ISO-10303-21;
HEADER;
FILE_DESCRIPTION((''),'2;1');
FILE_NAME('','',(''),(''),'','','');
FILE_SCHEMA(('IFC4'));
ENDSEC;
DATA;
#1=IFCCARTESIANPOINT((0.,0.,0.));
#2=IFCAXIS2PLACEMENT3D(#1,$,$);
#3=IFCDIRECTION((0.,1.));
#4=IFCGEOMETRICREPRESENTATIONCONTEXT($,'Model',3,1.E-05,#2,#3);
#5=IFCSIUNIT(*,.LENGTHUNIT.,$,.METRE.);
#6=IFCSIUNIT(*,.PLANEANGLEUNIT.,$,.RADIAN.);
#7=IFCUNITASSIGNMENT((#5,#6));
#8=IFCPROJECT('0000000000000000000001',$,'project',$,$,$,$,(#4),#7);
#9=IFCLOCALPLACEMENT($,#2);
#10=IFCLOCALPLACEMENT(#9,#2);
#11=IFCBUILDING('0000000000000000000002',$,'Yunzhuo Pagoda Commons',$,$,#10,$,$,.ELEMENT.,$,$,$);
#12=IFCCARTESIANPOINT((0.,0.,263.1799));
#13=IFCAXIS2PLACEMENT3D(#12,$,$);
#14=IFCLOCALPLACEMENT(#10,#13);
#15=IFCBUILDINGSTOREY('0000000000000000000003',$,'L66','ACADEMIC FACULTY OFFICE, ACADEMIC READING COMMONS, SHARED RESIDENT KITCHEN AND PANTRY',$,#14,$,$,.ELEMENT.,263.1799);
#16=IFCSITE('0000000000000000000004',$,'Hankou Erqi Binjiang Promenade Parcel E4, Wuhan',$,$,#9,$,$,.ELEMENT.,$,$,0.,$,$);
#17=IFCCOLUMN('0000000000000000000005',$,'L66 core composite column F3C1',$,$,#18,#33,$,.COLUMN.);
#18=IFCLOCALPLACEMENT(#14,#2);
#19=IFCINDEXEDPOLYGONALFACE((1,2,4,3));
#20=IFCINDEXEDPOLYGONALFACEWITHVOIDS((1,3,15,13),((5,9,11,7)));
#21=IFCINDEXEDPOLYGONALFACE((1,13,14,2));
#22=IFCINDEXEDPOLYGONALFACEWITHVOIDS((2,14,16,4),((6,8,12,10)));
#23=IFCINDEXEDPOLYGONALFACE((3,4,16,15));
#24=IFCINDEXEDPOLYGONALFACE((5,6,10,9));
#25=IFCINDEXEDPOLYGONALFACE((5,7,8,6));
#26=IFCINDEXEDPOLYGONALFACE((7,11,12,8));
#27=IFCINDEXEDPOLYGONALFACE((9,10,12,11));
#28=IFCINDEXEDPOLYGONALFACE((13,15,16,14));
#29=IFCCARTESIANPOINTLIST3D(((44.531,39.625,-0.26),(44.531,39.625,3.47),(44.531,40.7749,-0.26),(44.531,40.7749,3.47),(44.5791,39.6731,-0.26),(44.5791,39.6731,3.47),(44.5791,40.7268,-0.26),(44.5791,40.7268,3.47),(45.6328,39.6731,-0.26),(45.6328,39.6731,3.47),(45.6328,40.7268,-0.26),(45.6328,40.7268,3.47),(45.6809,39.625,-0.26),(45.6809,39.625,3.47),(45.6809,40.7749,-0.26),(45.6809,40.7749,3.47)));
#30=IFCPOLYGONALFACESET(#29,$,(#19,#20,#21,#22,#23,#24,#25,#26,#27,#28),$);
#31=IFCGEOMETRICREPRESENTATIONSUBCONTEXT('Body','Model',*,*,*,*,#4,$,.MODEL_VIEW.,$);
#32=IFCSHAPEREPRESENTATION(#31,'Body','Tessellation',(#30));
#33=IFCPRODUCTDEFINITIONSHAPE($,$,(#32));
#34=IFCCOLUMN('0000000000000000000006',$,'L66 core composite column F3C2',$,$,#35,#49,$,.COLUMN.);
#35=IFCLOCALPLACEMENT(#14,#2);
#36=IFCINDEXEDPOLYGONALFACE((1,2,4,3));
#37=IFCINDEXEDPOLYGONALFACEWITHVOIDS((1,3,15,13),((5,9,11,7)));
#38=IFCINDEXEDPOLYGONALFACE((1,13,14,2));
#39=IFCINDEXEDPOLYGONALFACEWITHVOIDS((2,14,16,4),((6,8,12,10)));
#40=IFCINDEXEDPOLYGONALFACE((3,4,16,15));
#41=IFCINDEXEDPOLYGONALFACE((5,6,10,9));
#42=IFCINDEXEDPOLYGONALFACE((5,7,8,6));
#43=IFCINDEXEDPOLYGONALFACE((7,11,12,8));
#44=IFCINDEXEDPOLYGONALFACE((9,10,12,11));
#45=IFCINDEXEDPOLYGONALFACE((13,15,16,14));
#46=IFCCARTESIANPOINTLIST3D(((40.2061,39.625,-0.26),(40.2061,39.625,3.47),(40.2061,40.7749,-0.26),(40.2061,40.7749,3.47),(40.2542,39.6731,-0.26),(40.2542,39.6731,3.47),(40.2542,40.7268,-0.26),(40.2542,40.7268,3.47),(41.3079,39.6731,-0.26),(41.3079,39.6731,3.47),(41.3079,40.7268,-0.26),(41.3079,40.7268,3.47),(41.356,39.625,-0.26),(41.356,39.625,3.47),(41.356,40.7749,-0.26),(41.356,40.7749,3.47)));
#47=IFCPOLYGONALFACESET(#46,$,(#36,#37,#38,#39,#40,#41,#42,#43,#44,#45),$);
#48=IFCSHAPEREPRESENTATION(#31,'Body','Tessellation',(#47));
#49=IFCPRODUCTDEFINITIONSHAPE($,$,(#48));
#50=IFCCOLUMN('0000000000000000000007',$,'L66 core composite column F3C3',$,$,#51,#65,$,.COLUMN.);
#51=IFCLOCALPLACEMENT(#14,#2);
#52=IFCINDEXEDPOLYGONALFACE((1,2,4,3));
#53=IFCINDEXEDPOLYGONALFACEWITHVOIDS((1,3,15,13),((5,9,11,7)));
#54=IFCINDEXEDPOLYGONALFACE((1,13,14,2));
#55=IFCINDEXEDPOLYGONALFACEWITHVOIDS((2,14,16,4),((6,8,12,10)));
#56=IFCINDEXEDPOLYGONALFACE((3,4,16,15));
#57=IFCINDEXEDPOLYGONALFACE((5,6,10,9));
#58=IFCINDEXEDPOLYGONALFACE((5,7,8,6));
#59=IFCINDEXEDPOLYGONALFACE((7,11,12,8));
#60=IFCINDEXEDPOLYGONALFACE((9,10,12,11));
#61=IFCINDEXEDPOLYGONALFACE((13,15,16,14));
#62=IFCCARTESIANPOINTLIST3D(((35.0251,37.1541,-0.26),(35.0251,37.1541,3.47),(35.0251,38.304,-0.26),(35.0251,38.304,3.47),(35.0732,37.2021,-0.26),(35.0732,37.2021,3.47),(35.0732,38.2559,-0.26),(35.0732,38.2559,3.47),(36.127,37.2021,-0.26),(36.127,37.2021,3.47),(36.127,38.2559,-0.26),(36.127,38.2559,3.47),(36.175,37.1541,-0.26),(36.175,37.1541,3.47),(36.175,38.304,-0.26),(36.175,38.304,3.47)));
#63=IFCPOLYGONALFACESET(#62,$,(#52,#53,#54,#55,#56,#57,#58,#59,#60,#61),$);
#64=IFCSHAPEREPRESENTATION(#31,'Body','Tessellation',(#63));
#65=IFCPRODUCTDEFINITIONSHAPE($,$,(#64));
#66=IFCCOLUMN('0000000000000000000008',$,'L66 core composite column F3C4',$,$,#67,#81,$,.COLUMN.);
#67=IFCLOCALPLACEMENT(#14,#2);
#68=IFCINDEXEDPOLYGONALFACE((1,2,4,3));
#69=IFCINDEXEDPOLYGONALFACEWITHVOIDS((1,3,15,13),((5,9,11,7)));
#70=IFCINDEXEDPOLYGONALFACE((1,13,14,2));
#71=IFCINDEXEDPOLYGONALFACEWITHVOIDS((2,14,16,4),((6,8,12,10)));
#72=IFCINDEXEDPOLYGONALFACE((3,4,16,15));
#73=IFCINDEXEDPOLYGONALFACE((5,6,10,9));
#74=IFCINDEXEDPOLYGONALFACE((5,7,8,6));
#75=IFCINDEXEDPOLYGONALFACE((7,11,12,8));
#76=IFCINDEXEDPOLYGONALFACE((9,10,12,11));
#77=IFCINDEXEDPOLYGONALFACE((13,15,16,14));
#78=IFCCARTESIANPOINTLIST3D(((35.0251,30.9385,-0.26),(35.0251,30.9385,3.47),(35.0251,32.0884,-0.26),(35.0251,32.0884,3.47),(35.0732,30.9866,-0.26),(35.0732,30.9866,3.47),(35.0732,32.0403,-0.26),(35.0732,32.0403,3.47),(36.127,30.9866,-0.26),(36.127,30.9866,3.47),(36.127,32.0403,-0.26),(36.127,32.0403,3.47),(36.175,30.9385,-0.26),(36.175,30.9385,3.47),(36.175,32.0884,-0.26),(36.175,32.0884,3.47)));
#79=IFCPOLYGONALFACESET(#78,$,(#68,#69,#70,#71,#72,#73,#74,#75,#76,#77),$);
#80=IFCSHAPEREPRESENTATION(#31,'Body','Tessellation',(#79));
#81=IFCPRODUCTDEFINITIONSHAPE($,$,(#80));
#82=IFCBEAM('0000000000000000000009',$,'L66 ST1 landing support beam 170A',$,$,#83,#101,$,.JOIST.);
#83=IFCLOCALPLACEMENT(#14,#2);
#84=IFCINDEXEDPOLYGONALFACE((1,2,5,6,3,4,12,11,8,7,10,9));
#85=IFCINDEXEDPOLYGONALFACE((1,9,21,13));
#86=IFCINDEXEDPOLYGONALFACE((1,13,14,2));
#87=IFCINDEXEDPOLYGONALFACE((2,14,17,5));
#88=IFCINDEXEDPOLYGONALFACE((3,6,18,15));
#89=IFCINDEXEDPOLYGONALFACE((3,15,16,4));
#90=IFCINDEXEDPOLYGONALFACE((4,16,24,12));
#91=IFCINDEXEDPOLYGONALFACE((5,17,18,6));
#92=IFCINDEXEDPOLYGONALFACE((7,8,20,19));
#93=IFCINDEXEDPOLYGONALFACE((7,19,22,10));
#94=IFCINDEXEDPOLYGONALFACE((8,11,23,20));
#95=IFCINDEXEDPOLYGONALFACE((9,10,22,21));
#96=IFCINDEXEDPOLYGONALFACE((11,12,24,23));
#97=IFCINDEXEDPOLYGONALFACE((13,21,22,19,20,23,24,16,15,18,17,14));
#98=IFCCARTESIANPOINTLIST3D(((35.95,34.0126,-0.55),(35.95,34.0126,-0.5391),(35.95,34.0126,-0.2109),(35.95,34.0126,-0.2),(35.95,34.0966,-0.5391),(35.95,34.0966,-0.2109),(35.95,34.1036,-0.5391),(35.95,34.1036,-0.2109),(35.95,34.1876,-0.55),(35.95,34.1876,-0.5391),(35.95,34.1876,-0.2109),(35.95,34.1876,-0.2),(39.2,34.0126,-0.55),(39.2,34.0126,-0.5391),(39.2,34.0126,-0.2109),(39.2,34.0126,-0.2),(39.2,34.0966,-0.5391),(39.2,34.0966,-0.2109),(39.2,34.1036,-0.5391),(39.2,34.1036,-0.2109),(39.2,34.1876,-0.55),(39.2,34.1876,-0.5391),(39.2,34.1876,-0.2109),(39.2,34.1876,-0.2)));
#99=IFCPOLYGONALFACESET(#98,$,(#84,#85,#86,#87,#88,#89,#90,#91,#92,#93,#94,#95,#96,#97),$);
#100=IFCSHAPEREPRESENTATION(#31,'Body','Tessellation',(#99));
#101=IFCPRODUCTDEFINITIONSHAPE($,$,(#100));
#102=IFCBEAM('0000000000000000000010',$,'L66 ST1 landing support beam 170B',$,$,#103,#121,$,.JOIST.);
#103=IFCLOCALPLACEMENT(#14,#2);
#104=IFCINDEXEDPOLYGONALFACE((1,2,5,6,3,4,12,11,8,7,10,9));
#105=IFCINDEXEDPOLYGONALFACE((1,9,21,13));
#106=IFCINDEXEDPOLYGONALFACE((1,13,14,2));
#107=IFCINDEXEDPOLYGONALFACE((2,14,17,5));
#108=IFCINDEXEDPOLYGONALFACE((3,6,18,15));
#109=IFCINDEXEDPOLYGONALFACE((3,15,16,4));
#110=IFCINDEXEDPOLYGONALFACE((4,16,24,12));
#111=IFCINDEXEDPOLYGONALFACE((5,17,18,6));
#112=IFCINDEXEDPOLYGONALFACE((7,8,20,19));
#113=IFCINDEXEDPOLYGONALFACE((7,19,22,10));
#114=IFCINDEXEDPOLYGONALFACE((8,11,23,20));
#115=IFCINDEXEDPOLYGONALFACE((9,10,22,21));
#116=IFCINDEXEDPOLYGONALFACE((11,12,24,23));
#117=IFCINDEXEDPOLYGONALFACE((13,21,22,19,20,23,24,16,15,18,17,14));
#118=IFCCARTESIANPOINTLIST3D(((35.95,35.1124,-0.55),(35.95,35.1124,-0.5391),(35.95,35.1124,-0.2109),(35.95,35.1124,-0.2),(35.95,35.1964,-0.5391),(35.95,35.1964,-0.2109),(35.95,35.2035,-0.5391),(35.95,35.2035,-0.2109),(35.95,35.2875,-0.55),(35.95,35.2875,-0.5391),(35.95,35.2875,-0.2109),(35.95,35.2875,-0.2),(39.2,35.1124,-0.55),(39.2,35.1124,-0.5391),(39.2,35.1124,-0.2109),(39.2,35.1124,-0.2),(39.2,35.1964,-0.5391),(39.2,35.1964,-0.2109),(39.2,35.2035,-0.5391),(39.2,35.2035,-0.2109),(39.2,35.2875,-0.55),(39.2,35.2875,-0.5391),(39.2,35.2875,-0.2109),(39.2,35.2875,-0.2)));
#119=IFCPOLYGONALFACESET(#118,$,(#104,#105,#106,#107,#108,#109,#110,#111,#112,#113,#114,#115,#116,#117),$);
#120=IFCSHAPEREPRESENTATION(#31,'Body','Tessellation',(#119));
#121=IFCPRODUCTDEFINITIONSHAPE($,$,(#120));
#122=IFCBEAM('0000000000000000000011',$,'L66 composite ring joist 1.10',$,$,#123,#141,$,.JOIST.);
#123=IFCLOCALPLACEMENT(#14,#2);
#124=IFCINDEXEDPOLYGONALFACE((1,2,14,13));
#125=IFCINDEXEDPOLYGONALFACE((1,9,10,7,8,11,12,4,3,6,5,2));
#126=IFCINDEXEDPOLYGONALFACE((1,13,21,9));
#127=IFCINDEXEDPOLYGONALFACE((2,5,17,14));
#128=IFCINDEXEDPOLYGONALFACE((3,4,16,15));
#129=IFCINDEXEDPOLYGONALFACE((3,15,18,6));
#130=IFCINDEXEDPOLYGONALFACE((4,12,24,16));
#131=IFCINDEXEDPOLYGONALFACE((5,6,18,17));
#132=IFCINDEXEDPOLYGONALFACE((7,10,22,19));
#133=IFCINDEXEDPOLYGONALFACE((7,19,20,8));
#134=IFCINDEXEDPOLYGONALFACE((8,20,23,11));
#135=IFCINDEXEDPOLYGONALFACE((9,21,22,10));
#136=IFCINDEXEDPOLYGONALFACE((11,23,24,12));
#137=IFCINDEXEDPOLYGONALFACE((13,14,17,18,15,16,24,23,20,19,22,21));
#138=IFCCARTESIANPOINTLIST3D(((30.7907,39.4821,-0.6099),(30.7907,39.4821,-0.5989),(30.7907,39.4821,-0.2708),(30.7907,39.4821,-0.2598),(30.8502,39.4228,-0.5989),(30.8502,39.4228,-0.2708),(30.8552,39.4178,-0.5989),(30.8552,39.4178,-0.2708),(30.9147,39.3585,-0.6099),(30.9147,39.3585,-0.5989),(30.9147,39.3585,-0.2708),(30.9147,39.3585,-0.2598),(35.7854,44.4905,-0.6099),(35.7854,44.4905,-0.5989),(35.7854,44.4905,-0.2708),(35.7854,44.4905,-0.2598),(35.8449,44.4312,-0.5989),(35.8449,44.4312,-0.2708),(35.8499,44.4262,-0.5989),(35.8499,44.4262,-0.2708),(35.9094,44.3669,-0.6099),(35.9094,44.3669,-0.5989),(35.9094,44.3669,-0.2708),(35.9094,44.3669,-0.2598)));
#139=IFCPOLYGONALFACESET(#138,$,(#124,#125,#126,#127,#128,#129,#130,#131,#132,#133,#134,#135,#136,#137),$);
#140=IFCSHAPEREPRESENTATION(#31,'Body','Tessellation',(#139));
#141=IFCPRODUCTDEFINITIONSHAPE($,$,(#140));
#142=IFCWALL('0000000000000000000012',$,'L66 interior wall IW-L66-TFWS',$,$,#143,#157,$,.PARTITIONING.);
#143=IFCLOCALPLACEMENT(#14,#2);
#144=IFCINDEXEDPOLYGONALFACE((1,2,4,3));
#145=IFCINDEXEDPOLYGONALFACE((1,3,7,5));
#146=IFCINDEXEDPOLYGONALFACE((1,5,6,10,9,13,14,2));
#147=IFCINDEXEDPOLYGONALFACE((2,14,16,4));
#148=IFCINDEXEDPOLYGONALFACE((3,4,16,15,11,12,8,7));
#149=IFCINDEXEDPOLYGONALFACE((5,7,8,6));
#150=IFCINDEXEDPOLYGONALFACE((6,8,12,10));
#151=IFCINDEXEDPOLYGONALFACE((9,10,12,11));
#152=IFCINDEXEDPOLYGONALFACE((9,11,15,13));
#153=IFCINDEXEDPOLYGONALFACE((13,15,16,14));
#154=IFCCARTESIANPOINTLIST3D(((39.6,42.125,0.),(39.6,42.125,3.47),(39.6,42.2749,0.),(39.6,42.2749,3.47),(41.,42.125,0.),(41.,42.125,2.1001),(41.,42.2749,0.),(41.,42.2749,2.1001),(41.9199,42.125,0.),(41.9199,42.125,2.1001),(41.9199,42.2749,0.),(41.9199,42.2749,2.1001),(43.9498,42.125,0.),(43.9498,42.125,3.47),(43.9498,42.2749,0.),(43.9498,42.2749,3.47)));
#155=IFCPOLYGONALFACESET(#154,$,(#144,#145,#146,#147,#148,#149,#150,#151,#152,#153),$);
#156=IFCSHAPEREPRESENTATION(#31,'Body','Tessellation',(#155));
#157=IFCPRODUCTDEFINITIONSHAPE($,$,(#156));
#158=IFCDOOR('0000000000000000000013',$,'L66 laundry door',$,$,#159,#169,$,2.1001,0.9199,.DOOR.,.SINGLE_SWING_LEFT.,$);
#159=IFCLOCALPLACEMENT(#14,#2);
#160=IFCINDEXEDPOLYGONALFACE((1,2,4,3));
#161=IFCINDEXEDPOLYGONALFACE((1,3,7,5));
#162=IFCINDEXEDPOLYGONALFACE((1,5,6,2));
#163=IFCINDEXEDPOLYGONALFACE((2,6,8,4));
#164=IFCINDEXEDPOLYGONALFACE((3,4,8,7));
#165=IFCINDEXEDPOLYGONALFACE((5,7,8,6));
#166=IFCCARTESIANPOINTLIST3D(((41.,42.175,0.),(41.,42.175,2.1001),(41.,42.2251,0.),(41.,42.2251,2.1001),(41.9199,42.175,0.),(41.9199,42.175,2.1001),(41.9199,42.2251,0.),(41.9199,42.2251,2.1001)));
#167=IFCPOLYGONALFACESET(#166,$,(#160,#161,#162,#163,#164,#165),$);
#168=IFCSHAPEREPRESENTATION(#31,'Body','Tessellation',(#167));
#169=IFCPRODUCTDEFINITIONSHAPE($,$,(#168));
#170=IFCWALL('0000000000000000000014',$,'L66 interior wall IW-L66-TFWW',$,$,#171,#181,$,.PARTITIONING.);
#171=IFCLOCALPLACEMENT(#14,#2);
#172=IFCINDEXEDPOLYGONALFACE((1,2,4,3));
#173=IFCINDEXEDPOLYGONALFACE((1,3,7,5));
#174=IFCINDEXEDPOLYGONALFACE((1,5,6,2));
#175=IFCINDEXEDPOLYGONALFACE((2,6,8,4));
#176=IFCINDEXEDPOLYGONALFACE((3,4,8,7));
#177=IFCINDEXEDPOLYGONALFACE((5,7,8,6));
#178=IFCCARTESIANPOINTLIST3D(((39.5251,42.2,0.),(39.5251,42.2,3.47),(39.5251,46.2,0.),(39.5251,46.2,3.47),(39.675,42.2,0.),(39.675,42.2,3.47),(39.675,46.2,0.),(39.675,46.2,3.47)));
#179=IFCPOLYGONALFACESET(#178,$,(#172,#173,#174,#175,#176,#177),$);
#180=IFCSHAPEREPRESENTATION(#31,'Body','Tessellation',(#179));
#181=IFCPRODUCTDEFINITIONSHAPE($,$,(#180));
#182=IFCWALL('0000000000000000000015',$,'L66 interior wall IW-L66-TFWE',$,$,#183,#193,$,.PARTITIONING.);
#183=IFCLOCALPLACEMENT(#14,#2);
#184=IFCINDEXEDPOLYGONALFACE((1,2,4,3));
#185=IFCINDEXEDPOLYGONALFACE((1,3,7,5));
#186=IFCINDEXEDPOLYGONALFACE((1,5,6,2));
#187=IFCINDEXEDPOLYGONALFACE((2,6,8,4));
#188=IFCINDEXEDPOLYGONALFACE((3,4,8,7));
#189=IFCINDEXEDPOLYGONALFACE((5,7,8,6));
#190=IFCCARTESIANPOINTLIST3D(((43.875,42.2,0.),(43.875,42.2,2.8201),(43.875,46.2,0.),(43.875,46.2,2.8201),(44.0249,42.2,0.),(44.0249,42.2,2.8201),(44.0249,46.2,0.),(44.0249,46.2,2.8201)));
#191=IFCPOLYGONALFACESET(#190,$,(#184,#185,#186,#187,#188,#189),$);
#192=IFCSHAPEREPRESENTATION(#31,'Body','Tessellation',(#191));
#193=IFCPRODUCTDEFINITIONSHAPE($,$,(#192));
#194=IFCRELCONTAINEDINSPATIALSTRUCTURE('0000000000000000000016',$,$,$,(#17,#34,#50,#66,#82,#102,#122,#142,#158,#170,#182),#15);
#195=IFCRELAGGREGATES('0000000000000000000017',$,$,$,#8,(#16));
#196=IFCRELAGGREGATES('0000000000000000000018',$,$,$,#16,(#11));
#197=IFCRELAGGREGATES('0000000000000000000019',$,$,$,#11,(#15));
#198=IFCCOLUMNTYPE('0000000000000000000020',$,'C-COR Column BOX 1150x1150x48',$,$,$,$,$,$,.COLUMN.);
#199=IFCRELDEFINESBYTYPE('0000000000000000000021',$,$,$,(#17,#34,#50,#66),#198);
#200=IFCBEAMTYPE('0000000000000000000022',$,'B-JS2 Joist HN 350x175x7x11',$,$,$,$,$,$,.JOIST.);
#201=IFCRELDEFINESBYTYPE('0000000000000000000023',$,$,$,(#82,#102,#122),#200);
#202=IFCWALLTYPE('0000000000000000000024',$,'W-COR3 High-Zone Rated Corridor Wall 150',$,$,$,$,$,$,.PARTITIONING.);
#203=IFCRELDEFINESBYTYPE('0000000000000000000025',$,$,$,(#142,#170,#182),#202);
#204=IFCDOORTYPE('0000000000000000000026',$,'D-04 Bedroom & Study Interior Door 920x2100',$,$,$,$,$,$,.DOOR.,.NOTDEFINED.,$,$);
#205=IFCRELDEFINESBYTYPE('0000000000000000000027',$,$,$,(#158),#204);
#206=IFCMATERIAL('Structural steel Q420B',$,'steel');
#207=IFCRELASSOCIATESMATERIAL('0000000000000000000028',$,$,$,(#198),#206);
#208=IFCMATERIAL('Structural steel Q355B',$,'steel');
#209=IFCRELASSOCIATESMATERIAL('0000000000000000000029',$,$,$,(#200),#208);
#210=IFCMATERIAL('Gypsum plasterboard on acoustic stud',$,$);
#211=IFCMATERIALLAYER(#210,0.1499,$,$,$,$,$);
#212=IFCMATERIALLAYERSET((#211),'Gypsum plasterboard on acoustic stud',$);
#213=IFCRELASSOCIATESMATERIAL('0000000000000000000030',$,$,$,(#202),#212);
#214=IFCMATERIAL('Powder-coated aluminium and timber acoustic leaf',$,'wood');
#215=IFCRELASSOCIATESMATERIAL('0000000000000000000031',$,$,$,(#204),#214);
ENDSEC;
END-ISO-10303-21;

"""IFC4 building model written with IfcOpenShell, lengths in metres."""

from ifc_helpers import new_model, si_unit, direction, frame, frame_2d, origin, origin_2d, place, context, subcontext, project, spatial, rectangle, hollow_rectangle, i_section, extrude, source, transform, mapped, material, layer, layer_set, material_profile, profile_set, type_object, element, fill, save


model = new_model("IFC4")

# Units and contexts
model_context = context("Model", 3, precision=1e-05, world=origin(), true_north=direction((0.0, 1.0)))
body_context = subcontext(model_context, "Body", "Model", "MODEL_VIEW")
ifc_project = project(units=[si_unit("LENGTHUNIT", "METRE"), si_unit("PLANEANGLEUNIT", "RADIAN")], contexts=[model_context])

# Site, building, storey
site_placement = place(None, origin())
site = spatial("IfcSite", under=ifc_project, at=site_placement, Name="Hankou Erqi Binjiang Promenade Parcel E4, Wuhan", CompositionType="ELEMENT", RefElevation=0.0)
building_placement = place(site_placement, origin())
building = spatial("IfcBuilding", under=site, at=building_placement, Name="Yunzhuo Pagoda Commons", CompositionType="ELEMENT")
storey_placement = place(building_placement, frame((0.0, 0.0, 263.1799)))
storey = spatial("IfcBuildingStorey", under=building, at=storey_placement, Name="L66", Description="ACADEMIC FACULTY OFFICE, ACADEMIC READING COMMONS, SHARED RESIDENT KITCHEN AND PANTRY", CompositionType="ELEMENT", Elevation=263.1799)

# Columns
ifc_material_1 = material(Name="Structural steel Q420B", Category="steel")
ifc_material_profile_1 = material_profile(ifc_material_1, hollow_rectangle(XDim=1.1499, YDim=1.1499, WallThickness=0.0481, at=origin_2d()), Name="Structural steel Q420B")
ifc_profile_set_1 = profile_set([ifc_material_profile_1], Name="Structural steel Q420B")
column_type = type_object("IfcColumnType", Name="C-COR Column BOX 1150x1150x48", PredefinedType="COLUMN", material=ifc_profile_set_1)
shared_shape_1 = source(origin(), body_context, "Body", "SweptSolid", [
    extrude(hollow_rectangle(XDim=1.1499, YDim=1.1499, WallThickness=0.0481, at=origin_2d()), origin(), (0.0, 0.0, 1.0), 3.73),
])
for number, where, z_axis, x_axis, name in (
    (1, (45.106, 40.2, -0.26), (0.0, 0.0, 1.0), (1.0, 0.0, 0.0), "L66 core composite column F3C1"),
    (2, (40.781, 40.2, -0.26), (0.0, 0.0, 1.0), (1.0, 0.0, 0.0), "L66 core composite column F3C2"),
    (3, (35.6001, 37.729, -0.26), (0.0, 0.0, 1.0), (1.0, 0.0, 0.0), "L66 core composite column F3C3"),
    (4, (35.6001, 31.5134, -0.26), (0.0, 0.0, 1.0), (1.0, 0.0, 0.0), "L66 core composite column F3C4"),
):
    element("IfcColumn", number, at=place(storey_placement, frame(where, z_axis=z_axis, x_axis=x_axis)), inside=storey, type_object=column_type, Name=name, PredefinedType="COLUMN", context=body_context, shape_type="MappedRepresentation", body=[
        mapped(shared_shape_1, transform((0.0, 0.0, 0.0), scale=1.0)),
    ])

# Beams
ifc_material_2 = material(Name="Structural steel Q355B", Category="steel")
ifc_material_profile_2 = material_profile(ifc_material_2, i_section(OverallWidth=0.175, OverallDepth=0.3501, WebThickness=0.0071, FlangeThickness=0.011, at=origin_2d()), Name="Structural steel Q355B")
ifc_profile_set_2 = profile_set([ifc_material_profile_2], Name="Structural steel Q355B")
beam_type = type_object("IfcBeamType", Name="B-JS2 Joist HN 350x175x7x11", PredefinedType="JOIST", material=ifc_profile_set_2)
shared_shape_2 = source(origin(), body_context, "Body", "SweptSolid", [
    extrude(i_section(OverallWidth=0.175, OverallDepth=0.3501, WebThickness=0.0071, FlangeThickness=0.011, at=origin_2d()), origin(), (0.0, 0.0, 1.0), 3.25),
])
for number, where, z_axis, x_axis, name in (
    (5, (35.95, 34.1001, -0.375), (1.0, 0.0, 0.0), (0.0, 1.0, 0.0), "L66 ST1 landing support beam 170A"),
    (6, (35.95, 35.2, -0.375), (1.0, 0.0, 0.0), (0.0, 1.0, 0.0), "L66 ST1 landing support beam 170B"),
):
    element("IfcBeam", number, at=place(storey_placement, frame(where, z_axis=z_axis, x_axis=x_axis)), inside=storey, type_object=beam_type, Name=name, PredefinedType="JOIST", context=body_context, shape_type="MappedRepresentation", body=[
        mapped(shared_shape_2, transform((0.0, 0.0, 0.0), scale=1.0)),
    ])
shared_shape_3 = source(origin(), body_context, "Body", "SweptSolid", [
    extrude(i_section(OverallWidth=0.175, OverallDepth=0.3501, WebThickness=0.0071, FlangeThickness=0.011, at=origin_2d()), origin(), (0.0, 0.0, 1.0), 7.0732),
])
beam_placement = place(storey_placement, frame((35.8474, 44.4287, -0.4348), z_axis=(-0.70614, -0.708073, 0.0), x_axis=(0.708073, -0.70614, 0.0)))
element("IfcBeam", 7, at=beam_placement, inside=storey, type_object=beam_type, Name="L66 composite ring joist 1.10", PredefinedType="JOIST", context=body_context, shape_type="MappedRepresentation", body=[
    mapped(shared_shape_3, transform((0.0, 0.0, 0.0), scale=1.0)),
])

# Wall, opening, door
ifc_material_3 = material(Name="Gypsum plasterboard on acoustic stud")
ifc_layer_1 = layer(ifc_material_3, 0.1499)
ifc_layer_set_1 = layer_set([ifc_layer_1], Name="Gypsum plasterboard on acoustic stud")
wall_type_1 = type_object("IfcWallType", Name="W-COR3 High-Zone Rated Corridor Wall 150", PredefinedType="PARTITIONING", material=ifc_layer_set_1)
wall_1_placement = place(storey_placement, frame((39.6001, 42.2, 0.0), z_axis=(0.0, 0.0, 1.0), x_axis=(1.0, 0.0, 0.0)))
wall_1 = element("IfcWall", 8, at=wall_1_placement, inside=storey, type_object=wall_type_1, Name="L66 interior wall IW-L66-TFWS", PredefinedType="PARTITIONING", context=body_context, shape_type="SweptSolid", body=[
    extrude(rectangle(XDim=4.3499, YDim=0.1499, at=frame_2d((2.1748, 0.0))), origin(), (0.0, 0.0, 1.0), 3.47),
])
opening_1_placement = place(wall_1_placement, frame((1.3999, 0.0, 0.0)))
opening_1 = element("IfcOpeningElement", 9, at=opening_1_placement, cuts=wall_1, PredefinedType="OPENING", context=body_context, shape_type="SweptSolid", body=[
    extrude(rectangle(XDim=0.9199, YDim=2.1001, at=frame_2d((0.46, 1.05))), frame((0.0, 0.085, 0.0), z_axis=(0.0, -1.0, 0.0), x_axis=(1.0, 0.0, 0.0)), (0.0, 0.0, 1.0), 0.1699),
])
ifc_material_4 = material(Name="Powder-coated aluminium and timber acoustic leaf", Category="wood")
door_type_1 = type_object("IfcDoorType", Name="D-04 Bedroom & Study Interior Door 920x2100", OperationType="NOTDEFINED", PredefinedType="DOOR", material=ifc_material_4)
shared_shape_4 = source(origin(), body_context, "Body", "SweptSolid", [
    extrude(rectangle(XDim=0.9199, YDim=2.1001, at=frame_2d((0.46, 1.05))), frame((0.0, 0.0249, 0.0), z_axis=(0.0, -1.0, 0.0), x_axis=(1.0, 0.0, 0.0)), (0.0, 0.0, 1.0), 0.05),
])
door_1_placement = place(opening_1_placement, frame((0.9199, 0.0, 0.0), z_axis=(0.0, 0.0, 1.0), x_axis=(-1.0, 0.0, 0.0)))
door_1 = element("IfcDoor", 10, at=door_1_placement, inside=storey, type_object=door_type_1, Name="L66 laundry door", OperationType="SINGLE_SWING_LEFT", OverallHeight=2.1001, OverallWidth=0.9199, PredefinedType="DOOR", context=body_context, shape_type="MappedRepresentation", body=[
    mapped(shared_shape_4, transform((0.0, 0.0, 0.0), scale=1.0)),
])
fill(opening_1, door_1)

# Walls
wall_2_placement = place(storey_placement, frame((39.6001, 42.2, 0.0), z_axis=(0.0, 0.0, 1.0), x_axis=(0.0, 1.0, 0.0)))
element("IfcWall", 11, at=wall_2_placement, inside=storey, type_object=wall_type_1, Name="L66 interior wall IW-L66-TFWW", PredefinedType="PARTITIONING", context=body_context, shape_type="SweptSolid", body=[
    extrude(rectangle(XDim=4.0, YDim=0.1499, at=frame_2d((2.0, 0.0))), origin(), (0.0, 0.0, 1.0), 3.47),
])
wall_3_placement = place(storey_placement, frame((43.95, 42.2, 0.0), z_axis=(0.0, 0.0, 1.0), x_axis=(0.0, 1.0, 0.0)))
element("IfcWall", 12, at=wall_3_placement, inside=storey, type_object=wall_type_1, Name="L66 interior wall IW-L66-TFWE", PredefinedType="PARTITIONING", context=body_context, shape_type="SweptSolid", body=[
    extrude(rectangle(XDim=4.0, YDim=0.1499, at=frame_2d((2.0, 0.0))), origin(), (0.0, 0.0, 1.0), 2.8201),
])

save(model, "model.ifc")
